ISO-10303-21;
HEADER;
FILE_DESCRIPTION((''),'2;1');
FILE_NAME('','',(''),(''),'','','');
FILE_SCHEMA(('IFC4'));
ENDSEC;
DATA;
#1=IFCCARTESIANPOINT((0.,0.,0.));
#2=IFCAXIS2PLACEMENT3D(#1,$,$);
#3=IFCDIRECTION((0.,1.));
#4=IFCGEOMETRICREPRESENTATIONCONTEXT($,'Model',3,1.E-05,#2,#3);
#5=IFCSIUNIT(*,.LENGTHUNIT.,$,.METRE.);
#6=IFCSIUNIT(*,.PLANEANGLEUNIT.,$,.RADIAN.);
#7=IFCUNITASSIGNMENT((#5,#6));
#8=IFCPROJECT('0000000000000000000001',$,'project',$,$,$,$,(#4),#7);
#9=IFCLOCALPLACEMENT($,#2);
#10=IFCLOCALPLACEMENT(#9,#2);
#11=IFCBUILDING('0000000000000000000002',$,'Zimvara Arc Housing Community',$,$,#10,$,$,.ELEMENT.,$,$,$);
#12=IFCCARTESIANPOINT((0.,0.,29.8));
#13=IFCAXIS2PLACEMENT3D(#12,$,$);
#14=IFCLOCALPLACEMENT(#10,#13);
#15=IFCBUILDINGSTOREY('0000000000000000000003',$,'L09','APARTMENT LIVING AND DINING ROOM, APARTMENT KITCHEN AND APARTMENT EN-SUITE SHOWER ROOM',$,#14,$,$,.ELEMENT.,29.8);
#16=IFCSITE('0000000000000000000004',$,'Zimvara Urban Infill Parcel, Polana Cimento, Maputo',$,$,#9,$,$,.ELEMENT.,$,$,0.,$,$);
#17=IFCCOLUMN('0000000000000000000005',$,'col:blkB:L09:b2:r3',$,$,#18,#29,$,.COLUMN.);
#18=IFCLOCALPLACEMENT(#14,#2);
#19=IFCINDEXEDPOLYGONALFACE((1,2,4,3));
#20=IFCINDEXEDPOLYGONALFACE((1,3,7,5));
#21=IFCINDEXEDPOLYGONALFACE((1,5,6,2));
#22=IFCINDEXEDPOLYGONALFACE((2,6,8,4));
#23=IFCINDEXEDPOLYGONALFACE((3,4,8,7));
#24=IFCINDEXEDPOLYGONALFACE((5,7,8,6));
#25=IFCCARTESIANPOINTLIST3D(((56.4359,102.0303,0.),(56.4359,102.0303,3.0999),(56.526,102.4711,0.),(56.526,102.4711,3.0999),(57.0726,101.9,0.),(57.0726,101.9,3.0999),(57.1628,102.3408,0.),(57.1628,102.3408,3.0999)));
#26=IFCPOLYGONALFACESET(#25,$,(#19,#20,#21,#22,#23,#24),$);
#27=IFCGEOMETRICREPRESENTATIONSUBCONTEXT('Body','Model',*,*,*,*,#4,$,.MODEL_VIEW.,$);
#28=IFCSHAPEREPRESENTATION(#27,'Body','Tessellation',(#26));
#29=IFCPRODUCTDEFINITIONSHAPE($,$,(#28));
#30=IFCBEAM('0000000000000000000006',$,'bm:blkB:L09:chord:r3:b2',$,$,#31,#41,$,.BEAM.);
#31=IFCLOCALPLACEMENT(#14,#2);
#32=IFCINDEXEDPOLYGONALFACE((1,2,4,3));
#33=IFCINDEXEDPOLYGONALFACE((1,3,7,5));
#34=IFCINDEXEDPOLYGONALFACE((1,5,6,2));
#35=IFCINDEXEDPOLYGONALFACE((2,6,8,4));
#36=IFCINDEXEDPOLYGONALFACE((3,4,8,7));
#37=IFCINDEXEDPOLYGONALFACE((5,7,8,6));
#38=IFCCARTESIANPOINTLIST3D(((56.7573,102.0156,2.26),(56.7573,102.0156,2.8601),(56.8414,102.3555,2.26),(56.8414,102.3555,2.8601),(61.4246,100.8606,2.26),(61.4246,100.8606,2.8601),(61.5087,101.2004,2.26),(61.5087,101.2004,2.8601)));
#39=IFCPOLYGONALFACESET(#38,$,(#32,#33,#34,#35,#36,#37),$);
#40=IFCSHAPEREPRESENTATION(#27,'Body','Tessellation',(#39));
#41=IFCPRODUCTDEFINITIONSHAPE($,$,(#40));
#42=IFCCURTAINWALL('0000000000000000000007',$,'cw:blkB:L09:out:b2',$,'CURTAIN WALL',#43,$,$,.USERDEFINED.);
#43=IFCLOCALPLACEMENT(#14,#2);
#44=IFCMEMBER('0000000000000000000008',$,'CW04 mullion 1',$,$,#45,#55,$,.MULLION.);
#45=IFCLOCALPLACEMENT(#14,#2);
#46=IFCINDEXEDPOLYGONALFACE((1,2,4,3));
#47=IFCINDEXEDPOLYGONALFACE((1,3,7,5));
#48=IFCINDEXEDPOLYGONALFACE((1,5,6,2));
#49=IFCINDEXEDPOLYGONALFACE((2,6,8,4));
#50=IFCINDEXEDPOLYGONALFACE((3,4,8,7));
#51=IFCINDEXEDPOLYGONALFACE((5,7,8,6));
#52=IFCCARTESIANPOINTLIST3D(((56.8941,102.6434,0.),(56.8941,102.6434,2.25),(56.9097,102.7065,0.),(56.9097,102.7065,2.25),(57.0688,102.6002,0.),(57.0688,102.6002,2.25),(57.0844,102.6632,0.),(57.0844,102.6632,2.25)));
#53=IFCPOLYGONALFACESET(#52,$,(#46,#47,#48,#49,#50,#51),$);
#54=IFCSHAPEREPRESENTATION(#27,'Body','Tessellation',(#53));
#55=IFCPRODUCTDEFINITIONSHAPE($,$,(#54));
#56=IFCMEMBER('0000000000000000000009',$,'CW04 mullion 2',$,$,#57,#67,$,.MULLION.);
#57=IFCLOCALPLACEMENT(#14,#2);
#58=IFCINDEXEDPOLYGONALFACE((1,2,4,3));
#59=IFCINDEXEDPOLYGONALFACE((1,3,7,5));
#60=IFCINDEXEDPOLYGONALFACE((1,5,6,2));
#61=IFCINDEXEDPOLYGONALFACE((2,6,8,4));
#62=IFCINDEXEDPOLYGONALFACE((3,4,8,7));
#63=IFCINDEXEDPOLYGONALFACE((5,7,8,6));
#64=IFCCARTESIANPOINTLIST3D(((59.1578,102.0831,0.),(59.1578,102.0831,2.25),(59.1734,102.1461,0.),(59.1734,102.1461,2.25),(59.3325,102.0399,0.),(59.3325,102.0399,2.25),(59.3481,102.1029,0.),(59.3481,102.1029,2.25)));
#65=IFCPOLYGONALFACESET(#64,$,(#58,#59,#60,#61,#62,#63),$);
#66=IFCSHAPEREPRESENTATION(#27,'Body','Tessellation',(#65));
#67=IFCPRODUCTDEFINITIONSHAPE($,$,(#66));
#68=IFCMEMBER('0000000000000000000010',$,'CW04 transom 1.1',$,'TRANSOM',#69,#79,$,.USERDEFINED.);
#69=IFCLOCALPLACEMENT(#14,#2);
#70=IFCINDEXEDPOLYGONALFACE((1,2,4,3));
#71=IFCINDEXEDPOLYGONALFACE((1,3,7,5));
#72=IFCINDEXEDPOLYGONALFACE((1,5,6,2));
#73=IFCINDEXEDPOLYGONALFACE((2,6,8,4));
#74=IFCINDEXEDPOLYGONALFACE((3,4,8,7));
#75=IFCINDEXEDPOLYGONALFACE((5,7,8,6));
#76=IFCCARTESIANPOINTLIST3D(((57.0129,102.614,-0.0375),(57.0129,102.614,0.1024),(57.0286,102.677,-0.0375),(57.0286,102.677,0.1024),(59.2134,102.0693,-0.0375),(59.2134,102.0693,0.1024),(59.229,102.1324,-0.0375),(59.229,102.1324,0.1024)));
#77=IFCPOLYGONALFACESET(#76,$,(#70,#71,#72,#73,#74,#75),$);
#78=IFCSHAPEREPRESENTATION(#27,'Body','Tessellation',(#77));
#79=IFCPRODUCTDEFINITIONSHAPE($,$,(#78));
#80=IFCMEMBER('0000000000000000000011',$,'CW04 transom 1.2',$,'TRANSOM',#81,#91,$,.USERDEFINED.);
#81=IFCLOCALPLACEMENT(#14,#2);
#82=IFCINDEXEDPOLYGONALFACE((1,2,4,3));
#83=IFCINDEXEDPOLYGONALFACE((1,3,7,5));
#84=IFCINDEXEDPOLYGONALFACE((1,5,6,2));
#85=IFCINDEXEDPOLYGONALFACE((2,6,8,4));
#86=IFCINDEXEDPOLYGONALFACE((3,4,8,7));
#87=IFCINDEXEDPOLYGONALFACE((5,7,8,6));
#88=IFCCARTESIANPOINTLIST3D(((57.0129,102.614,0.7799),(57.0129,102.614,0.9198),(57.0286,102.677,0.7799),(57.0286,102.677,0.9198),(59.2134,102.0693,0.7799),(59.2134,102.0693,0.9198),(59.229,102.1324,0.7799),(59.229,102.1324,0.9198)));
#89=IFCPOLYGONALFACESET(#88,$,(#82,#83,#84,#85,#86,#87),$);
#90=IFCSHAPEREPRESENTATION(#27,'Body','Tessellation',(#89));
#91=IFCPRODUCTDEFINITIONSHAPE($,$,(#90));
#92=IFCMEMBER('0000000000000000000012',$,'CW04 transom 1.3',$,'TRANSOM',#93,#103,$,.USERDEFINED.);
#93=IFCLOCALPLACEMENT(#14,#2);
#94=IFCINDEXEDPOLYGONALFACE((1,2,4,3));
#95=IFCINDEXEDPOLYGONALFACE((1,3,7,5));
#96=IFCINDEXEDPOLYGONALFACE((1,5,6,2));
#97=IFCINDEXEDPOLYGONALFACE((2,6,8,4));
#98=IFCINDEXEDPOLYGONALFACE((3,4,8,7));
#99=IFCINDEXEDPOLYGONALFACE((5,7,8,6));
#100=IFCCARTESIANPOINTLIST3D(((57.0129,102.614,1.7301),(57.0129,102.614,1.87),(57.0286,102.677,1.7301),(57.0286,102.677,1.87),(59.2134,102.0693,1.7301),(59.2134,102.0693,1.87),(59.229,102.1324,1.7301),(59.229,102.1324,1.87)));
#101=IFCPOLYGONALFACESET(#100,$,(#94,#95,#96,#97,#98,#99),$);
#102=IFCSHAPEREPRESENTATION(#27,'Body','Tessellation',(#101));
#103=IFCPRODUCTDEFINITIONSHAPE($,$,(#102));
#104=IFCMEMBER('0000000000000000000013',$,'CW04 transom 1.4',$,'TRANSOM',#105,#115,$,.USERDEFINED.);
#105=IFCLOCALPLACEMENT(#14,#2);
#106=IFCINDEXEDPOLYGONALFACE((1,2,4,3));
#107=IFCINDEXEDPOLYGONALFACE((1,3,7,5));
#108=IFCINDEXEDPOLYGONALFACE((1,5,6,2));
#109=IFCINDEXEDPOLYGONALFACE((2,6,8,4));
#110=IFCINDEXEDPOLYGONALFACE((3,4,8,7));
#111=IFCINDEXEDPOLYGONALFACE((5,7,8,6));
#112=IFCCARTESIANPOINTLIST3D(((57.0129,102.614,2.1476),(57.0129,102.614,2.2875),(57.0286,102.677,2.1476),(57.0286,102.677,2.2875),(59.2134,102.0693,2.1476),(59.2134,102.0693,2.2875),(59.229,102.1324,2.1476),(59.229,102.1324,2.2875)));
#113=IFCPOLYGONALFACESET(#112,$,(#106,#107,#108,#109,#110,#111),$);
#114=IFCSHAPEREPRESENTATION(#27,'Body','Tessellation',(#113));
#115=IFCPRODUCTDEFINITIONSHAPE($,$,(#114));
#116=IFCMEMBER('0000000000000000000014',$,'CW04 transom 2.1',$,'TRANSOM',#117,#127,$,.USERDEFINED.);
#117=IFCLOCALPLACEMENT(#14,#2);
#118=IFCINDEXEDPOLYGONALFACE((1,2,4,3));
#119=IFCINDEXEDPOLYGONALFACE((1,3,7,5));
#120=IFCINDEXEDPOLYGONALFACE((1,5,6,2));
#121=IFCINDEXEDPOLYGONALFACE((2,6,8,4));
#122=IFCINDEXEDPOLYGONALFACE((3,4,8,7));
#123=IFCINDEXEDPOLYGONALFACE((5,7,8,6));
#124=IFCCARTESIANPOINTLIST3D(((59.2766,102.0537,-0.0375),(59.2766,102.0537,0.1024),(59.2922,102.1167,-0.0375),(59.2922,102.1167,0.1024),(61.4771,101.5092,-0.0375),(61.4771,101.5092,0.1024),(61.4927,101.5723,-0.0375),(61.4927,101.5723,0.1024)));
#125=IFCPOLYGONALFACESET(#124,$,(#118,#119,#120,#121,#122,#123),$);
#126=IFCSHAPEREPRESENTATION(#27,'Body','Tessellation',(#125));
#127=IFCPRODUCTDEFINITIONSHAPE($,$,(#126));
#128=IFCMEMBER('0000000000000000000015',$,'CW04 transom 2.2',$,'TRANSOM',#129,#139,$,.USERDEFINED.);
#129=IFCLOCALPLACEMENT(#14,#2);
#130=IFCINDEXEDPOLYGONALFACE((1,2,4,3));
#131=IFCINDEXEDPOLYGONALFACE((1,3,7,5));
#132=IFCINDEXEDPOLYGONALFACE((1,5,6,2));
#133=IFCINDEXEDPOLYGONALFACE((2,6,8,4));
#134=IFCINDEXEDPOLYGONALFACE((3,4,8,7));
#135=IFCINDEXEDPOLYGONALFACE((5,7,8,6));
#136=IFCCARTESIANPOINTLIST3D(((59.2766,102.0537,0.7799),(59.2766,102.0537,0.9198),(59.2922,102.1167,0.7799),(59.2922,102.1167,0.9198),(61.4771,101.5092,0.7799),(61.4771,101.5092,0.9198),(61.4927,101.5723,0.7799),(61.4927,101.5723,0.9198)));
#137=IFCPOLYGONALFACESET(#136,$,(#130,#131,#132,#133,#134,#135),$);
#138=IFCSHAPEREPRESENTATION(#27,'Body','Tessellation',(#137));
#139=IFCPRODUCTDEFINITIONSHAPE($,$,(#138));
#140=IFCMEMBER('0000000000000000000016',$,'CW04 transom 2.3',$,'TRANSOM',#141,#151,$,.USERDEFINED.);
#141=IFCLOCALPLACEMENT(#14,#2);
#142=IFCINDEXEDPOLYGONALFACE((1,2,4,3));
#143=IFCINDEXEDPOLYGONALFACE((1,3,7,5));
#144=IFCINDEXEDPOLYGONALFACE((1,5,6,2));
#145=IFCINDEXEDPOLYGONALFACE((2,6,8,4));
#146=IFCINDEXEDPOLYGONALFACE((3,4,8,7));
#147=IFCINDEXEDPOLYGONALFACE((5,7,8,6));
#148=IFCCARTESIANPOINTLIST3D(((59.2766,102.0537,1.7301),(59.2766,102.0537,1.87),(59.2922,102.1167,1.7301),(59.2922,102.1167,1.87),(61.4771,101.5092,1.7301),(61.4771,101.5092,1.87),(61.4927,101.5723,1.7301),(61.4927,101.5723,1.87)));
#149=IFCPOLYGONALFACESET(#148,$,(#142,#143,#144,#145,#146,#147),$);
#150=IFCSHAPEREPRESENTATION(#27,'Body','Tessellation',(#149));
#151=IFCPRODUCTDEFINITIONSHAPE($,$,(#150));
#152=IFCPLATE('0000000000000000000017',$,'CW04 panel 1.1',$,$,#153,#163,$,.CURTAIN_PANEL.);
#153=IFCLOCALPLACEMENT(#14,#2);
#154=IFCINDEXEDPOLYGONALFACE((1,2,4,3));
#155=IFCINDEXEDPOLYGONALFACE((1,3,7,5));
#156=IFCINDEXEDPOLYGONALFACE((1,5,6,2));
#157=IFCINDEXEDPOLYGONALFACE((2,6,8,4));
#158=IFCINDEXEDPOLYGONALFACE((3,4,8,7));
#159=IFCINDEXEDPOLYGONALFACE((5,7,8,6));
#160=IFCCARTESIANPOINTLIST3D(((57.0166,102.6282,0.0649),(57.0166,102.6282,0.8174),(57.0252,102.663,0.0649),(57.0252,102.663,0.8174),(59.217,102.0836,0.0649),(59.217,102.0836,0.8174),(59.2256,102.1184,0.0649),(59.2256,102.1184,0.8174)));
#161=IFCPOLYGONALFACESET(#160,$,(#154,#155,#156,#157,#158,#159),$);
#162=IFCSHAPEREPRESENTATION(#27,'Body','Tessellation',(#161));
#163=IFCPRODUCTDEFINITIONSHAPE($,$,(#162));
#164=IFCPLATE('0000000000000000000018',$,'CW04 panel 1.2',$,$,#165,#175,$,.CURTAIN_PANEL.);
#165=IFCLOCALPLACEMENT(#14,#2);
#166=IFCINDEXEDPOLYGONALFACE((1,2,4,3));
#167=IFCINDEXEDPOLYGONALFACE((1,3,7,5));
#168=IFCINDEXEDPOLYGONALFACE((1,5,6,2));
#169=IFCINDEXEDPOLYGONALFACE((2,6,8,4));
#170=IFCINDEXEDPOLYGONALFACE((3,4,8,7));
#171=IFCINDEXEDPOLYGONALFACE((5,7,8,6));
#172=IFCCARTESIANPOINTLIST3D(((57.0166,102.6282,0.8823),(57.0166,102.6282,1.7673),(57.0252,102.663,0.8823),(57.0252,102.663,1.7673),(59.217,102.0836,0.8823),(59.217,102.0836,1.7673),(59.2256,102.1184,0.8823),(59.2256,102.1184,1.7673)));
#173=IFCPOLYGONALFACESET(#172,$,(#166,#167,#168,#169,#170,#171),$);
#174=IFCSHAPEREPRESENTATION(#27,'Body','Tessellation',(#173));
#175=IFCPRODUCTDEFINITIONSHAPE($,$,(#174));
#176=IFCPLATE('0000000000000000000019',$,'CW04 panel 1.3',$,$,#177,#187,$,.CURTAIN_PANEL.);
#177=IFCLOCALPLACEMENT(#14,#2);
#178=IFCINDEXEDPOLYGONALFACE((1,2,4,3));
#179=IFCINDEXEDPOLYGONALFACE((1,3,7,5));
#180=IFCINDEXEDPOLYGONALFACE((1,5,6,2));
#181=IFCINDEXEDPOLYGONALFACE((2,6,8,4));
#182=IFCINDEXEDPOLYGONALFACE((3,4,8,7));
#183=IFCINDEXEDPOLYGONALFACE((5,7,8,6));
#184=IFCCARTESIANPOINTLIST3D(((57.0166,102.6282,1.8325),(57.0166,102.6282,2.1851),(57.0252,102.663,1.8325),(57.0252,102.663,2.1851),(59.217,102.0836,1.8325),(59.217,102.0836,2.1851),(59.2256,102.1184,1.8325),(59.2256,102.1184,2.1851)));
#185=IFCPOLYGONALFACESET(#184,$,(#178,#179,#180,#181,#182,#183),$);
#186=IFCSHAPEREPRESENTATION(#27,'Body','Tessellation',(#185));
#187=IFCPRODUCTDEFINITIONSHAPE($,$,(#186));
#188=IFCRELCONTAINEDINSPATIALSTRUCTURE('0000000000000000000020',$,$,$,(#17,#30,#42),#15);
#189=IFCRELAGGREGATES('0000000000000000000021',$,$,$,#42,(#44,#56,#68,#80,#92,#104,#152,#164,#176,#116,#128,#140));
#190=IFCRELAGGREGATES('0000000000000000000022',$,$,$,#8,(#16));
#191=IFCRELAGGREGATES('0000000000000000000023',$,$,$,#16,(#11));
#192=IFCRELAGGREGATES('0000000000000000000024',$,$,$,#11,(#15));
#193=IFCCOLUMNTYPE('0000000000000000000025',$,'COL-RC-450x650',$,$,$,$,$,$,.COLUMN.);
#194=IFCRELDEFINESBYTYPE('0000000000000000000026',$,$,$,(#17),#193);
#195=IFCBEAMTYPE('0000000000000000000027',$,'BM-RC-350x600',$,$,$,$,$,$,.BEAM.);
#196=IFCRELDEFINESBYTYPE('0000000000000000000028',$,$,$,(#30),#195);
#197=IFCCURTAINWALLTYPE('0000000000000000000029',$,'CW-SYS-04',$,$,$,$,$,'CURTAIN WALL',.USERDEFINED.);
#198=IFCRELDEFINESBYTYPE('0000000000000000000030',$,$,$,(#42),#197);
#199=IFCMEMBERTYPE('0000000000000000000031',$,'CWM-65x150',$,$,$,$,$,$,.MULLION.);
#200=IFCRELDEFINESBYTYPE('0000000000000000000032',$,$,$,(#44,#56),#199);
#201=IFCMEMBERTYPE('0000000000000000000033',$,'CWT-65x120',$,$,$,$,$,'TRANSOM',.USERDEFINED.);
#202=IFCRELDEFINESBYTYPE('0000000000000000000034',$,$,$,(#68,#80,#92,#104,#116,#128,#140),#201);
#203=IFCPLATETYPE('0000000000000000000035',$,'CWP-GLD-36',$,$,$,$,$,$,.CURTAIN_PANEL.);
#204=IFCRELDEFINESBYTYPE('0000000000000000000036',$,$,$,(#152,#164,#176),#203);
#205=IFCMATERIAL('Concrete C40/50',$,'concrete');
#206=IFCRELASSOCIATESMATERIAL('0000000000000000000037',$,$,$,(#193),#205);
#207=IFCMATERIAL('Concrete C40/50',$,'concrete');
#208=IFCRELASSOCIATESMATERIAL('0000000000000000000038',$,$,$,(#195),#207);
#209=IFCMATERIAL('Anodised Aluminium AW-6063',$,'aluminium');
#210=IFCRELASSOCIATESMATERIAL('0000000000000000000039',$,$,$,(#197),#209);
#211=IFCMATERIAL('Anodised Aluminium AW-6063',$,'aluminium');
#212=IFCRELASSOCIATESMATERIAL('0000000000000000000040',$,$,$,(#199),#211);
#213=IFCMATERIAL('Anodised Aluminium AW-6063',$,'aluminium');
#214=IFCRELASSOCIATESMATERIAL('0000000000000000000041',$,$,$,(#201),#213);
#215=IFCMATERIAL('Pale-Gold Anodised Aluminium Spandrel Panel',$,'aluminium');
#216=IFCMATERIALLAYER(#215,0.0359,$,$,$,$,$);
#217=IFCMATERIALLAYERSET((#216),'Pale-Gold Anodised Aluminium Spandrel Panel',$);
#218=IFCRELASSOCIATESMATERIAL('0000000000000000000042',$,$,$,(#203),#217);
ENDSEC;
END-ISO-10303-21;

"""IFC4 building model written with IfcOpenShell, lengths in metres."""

from ifc_helpers import new_model, si_unit, direction, frame, origin, origin_2d, place, context, subcontext, project, spatial, rectangle, extrude, material, layer, layer_set, material_profile, profile_set, type_object, element, aggregate, save


model = new_model("IFC4")

# Units and contexts
model_context = context("Model", 3, precision=1e-05, world=origin(), true_north=direction((0.0, 1.0)))
body_context = subcontext(model_context, "Body", "Model", "MODEL_VIEW")
ifc_project = project(units=[si_unit("LENGTHUNIT", "METRE"), si_unit("PLANEANGLEUNIT", "RADIAN")], contexts=[model_context])

# Site, building, storey
site_placement = place(None, origin())
site = spatial("IfcSite", under=ifc_project, at=site_placement, Name="Zimvara Urban Infill Parcel, Polana Cimento, Maputo", CompositionType="ELEMENT", RefElevation=0.0)
building_placement = place(site_placement, origin())
building = spatial("IfcBuilding", under=site, at=building_placement, Name="Zimvara Arc Housing Community", CompositionType="ELEMENT")
storey_placement = place(building_placement, frame((0.0, 0.0, 29.8)))
storey = spatial("IfcBuildingStorey", under=building, at=storey_placement, Name="L09", Description="APARTMENT LIVING AND DINING ROOM, APARTMENT KITCHEN AND APARTMENT EN-SUITE SHOWER ROOM", CompositionType="ELEMENT", Elevation=29.8)

# Column
ifc_material_1 = material(Name="Concrete C40/50", Category="concrete")
ifc_material_profile_1 = material_profile(ifc_material_1, rectangle(XDim=0.45, YDim=0.6499, at=origin_2d()), Name="RC 450x650")
ifc_profile_set_1 = profile_set([ifc_material_profile_1], Name="Concrete C40/50")
column_type = type_object("IfcColumnType", Name="COL-RC-450x650", PredefinedType="COLUMN", material=ifc_profile_set_1)
column_placement = place(storey_placement, frame((56.7993, 102.1855, 0.0), z_axis=(0.0, 0.0, 1.0), x_axis=(0.200394, 0.979715, 0.0)))
element("IfcColumn", 1, at=column_placement, inside=storey, type_object=column_type, Name="col:blkB:L09:b2:r3", PredefinedType="COLUMN", context=body_context, shape_type="SweptSolid", body=[
    extrude(rectangle(XDim=0.45, YDim=0.6499, at=origin_2d()), origin(), (0.0, 0.0, 1.0), 3.0999),
])

# Beam
ifc_material_2 = material(Name="Concrete C40/50", Category="concrete")
ifc_material_profile_2 = material_profile(ifc_material_2, rectangle(XDim=0.3501, YDim=0.6001, at=origin_2d()), Name="RC 350x600")
ifc_profile_set_2 = profile_set([ifc_material_profile_2], Name="Concrete C40/50")
beam_type = type_object("IfcBeamType", Name="BM-RC-350x600", PredefinedType="BEAM", material=ifc_profile_set_2)
beam_placement = place(storey_placement, frame((56.7993, 102.1855, 2.5601), z_axis=(0.970716, -0.240229, 0.0), x_axis=(0.240229, 0.970716, 0.0)))
element("IfcBeam", 2, at=beam_placement, inside=storey, type_object=beam_type, Name="bm:blkB:L09:chord:r3:b2", PredefinedType="BEAM", context=body_context, shape_type="SweptSolid", body=[
    extrude(rectangle(XDim=0.3501, YDim=0.6001, at=origin_2d()), origin(), (0.0, 0.0, 1.0), 4.8081),
])

# Curtain wall, members, plates
ifc_material_3 = material(Name="Anodised Aluminium AW-6063", Category="aluminium")
curtain_wall_type = type_object("IfcCurtainWallType", Name="CW-SYS-04", ElementType="CURTAIN WALL", PredefinedType="USERDEFINED", material=ifc_material_3)
curtain_wall_placement = place(storey_placement, origin())
curtain_wall = element("IfcCurtainWall", 3, at=curtain_wall_placement, inside=storey, type_object=curtain_wall_type, Name="cw:blkB:L09:out:b2", ObjectType="CURTAIN WALL", PredefinedType="USERDEFINED")
ifc_material_4 = material(Name="Anodised Aluminium AW-6063", Category="aluminium")
ifc_material_profile_3 = material_profile(ifc_material_4, rectangle(XDim=0.0649, YDim=0.1799, at=origin_2d()), Name="ALU 65x180")
ifc_profile_set_3 = profile_set([ifc_material_profile_3], Name="Anodised Aluminium AW-6063")
member_type_1 = type_object("IfcMemberType", Name="CWM-65x150", PredefinedType="MULLION", material=ifc_profile_set_3)
member_1_placement = place(storey_placement, frame((56.9893, 102.6533, 0.0), z_axis=(0.0, 0.0, 1.0), x_axis=(0.24023, 0.970716, 0.0)))
member_1 = element("IfcMember", 4, at=member_1_placement, type_object=member_type_1, Name="CW04 mullion 1", PredefinedType="MULLION", context=body_context, shape_type="SweptSolid", body=[
    extrude(rectangle(XDim=0.0649, YDim=0.1799, at=origin_2d()), origin(), (0.0, 0.0, 1.0), 2.25),
])
member_2_placement = place(storey_placement, frame((59.2529, 102.093, 0.0), z_axis=(0.0, 0.0, 1.0), x_axis=(0.24023, 0.970716, 0.0)))
member_2 = element("IfcMember", 5, at=member_2_placement, type_object=member_type_1, Name="CW04 mullion 2", PredefinedType="MULLION", context=body_context, shape_type="SweptSolid", body=[
    extrude(rectangle(XDim=0.0649, YDim=0.1799, at=origin_2d()), origin(), (0.0, 0.0, 1.0), 2.25),
])
ifc_material_5 = material(Name="Anodised Aluminium AW-6063", Category="aluminium")
ifc_material_profile_4 = material_profile(ifc_material_5, rectangle(XDim=0.0649, YDim=0.1399, at=origin_2d()), Name="ALU 65x140")
ifc_profile_set_4 = profile_set([ifc_material_profile_4], Name="Anodised Aluminium AW-6063")
member_type_2 = type_object("IfcMemberType", Name="CWT-65x120", ElementType="TRANSOM", PredefinedType="USERDEFINED", material=ifc_profile_set_4)
member_3_placement = place(storey_placement, frame((57.0208, 102.6455, 0.0325), z_axis=(0.970704, -0.24028, 0.0), x_axis=(0.24028, 0.970704, 0.0)))
member_3 = element("IfcMember", 6, at=member_3_placement, type_object=member_type_2, Name="CW04 transom 1.1", ObjectType="TRANSOM", PredefinedType="USERDEFINED", context=body_context, shape_type="SweptSolid", body=[
    extrude(rectangle(XDim=0.0649, YDim=0.1399, at=origin_2d()), origin(), (0.0, 0.0, 1.0), 2.2668),
])
member_4_placement = place(storey_placement, frame((57.0208, 102.6455, 0.8499), z_axis=(0.970704, -0.24028, 0.0), x_axis=(0.24028, 0.970704, 0.0)))
member_4 = element("IfcMember", 7, at=member_4_placement, type_object=member_type_2, Name="CW04 transom 1.2", ObjectType="TRANSOM", PredefinedType="USERDEFINED", context=body_context, shape_type="SweptSolid", body=[
    extrude(rectangle(XDim=0.0649, YDim=0.1399, at=origin_2d()), origin(), (0.0, 0.0, 1.0), 2.2668),
])
member_5_placement = place(storey_placement, frame((57.0208, 102.6455, 1.8), z_axis=(0.970704, -0.24028, 0.0), x_axis=(0.24028, 0.970704, 0.0)))
member_5 = element("IfcMember", 8, at=member_5_placement, type_object=member_type_2, Name="CW04 transom 1.3", ObjectType="TRANSOM", PredefinedType="USERDEFINED", context=body_context, shape_type="SweptSolid", body=[
    extrude(rectangle(XDim=0.0649, YDim=0.1399, at=origin_2d()), origin(), (0.0, 0.0, 1.0), 2.2668),
])
member_6_placement = place(storey_placement, frame((57.0208, 102.6455, 2.2175), z_axis=(0.970704, -0.24028, 0.0), x_axis=(0.24028, 0.970704, 0.0)))
member_6 = element("IfcMember", 9, at=member_6_placement, type_object=member_type_2, Name="CW04 transom 1.4", ObjectType="TRANSOM", PredefinedType="USERDEFINED", context=body_context, shape_type="SweptSolid", body=[
    extrude(rectangle(XDim=0.0649, YDim=0.1399, at=origin_2d()), origin(), (0.0, 0.0, 1.0), 2.2668),
])
member_7_placement = place(storey_placement, frame((59.2844, 102.0852, 0.0325), z_axis=(0.970729, -0.240178, 0.0), x_axis=(0.240178, 0.970729, 0.0)))
member_7 = element("IfcMember", 10, at=member_7_placement, type_object=member_type_2, Name="CW04 transom 2.1", ObjectType="TRANSOM", PredefinedType="USERDEFINED", context=body_context, shape_type="SweptSolid", body=[
    extrude(rectangle(XDim=0.0649, YDim=0.1399, at=origin_2d()), origin(), (0.0, 0.0, 1.0), 2.2668),
])
member_8_placement = place(storey_placement, frame((59.2844, 102.0852, 0.8499), z_axis=(0.970729, -0.240178, 0.0), x_axis=(0.240178, 0.970729, 0.0)))
member_8 = element("IfcMember", 11, at=member_8_placement, type_object=member_type_2, Name="CW04 transom 2.2", ObjectType="TRANSOM", PredefinedType="USERDEFINED", context=body_context, shape_type="SweptSolid", body=[
    extrude(rectangle(XDim=0.0649, YDim=0.1399, at=origin_2d()), origin(), (0.0, 0.0, 1.0), 2.2668),
])
member_9_placement = place(storey_placement, frame((59.2844, 102.0852, 1.8), z_axis=(0.970729, -0.240178, 0.0), x_axis=(0.240178, 0.970729, 0.0)))
member_9 = element("IfcMember", 12, at=member_9_placement, type_object=member_type_2, Name="CW04 transom 2.3", ObjectType="TRANSOM", PredefinedType="USERDEFINED", context=body_context, shape_type="SweptSolid", body=[
    extrude(rectangle(XDim=0.0649, YDim=0.1399, at=origin_2d()), origin(), (0.0, 0.0, 1.0), 2.2668),
])
ifc_material_6 = material(Name="Pale-Gold Anodised Aluminium Spandrel Panel", Category="aluminium")
ifc_layer_1 = layer(ifc_material_6, 0.0359)
ifc_layer_set_1 = layer_set([ifc_layer_1], Name="Pale-Gold Anodised Aluminium Spandrel Panel")
plate_type = type_object("IfcPlateType", Name="CWP-GLD-36", PredefinedType="CURTAIN_PANEL", material=ifc_layer_set_1)
plate_1_placement = place(storey_placement, frame((58.1211, 102.3733, 0.0649), z_axis=(0.0, 0.0, 1.0), x_axis=(0.970716, -0.24023, 0.0)))
plate_1 = element("IfcPlate", 13, at=plate_1_placement, type_object=plate_type, Name="CW04 panel 1.1", PredefinedType="CURTAIN_PANEL", context=body_context, shape_type="SweptSolid", body=[
    extrude(rectangle(XDim=2.2668, YDim=0.0359, at=origin_2d()), origin(), (0.0, 0.0, 1.0), 0.7524),
])
plate_2_placement = place(storey_placement, frame((58.1211, 102.3733, 0.8823), z_axis=(0.0, 0.0, 1.0), x_axis=(0.970716, -0.24023, 0.0)))
plate_2 = element("IfcPlate", 14, at=plate_2_placement, type_object=plate_type, Name="CW04 panel 1.2", PredefinedType="CURTAIN_PANEL", context=body_context, shape_type="SweptSolid", body=[
    extrude(rectangle(XDim=2.2668, YDim=0.0359, at=origin_2d()), origin(), (0.0, 0.0, 1.0), 0.885),
])
plate_3_placement = place(storey_placement, frame((58.1211, 102.3733, 1.8325), z_axis=(0.0, 0.0, 1.0), x_axis=(0.970716, -0.24023, 0.0)))
plate_3 = element("IfcPlate", 15, at=plate_3_placement, type_object=plate_type, Name="CW04 panel 1.3", PredefinedType="CURTAIN_PANEL", context=body_context, shape_type="SweptSolid", body=[
    extrude(rectangle(XDim=2.2668, YDim=0.0359, at=origin_2d()), origin(), (0.0, 0.0, 1.0), 0.3525),
])
aggregate(curtain_wall, [member_1, member_2, member_3, member_4, member_5, member_6, plate_1, plate_2, plate_3, member_7, member_8, member_9])

save(model, "model.ifc")
